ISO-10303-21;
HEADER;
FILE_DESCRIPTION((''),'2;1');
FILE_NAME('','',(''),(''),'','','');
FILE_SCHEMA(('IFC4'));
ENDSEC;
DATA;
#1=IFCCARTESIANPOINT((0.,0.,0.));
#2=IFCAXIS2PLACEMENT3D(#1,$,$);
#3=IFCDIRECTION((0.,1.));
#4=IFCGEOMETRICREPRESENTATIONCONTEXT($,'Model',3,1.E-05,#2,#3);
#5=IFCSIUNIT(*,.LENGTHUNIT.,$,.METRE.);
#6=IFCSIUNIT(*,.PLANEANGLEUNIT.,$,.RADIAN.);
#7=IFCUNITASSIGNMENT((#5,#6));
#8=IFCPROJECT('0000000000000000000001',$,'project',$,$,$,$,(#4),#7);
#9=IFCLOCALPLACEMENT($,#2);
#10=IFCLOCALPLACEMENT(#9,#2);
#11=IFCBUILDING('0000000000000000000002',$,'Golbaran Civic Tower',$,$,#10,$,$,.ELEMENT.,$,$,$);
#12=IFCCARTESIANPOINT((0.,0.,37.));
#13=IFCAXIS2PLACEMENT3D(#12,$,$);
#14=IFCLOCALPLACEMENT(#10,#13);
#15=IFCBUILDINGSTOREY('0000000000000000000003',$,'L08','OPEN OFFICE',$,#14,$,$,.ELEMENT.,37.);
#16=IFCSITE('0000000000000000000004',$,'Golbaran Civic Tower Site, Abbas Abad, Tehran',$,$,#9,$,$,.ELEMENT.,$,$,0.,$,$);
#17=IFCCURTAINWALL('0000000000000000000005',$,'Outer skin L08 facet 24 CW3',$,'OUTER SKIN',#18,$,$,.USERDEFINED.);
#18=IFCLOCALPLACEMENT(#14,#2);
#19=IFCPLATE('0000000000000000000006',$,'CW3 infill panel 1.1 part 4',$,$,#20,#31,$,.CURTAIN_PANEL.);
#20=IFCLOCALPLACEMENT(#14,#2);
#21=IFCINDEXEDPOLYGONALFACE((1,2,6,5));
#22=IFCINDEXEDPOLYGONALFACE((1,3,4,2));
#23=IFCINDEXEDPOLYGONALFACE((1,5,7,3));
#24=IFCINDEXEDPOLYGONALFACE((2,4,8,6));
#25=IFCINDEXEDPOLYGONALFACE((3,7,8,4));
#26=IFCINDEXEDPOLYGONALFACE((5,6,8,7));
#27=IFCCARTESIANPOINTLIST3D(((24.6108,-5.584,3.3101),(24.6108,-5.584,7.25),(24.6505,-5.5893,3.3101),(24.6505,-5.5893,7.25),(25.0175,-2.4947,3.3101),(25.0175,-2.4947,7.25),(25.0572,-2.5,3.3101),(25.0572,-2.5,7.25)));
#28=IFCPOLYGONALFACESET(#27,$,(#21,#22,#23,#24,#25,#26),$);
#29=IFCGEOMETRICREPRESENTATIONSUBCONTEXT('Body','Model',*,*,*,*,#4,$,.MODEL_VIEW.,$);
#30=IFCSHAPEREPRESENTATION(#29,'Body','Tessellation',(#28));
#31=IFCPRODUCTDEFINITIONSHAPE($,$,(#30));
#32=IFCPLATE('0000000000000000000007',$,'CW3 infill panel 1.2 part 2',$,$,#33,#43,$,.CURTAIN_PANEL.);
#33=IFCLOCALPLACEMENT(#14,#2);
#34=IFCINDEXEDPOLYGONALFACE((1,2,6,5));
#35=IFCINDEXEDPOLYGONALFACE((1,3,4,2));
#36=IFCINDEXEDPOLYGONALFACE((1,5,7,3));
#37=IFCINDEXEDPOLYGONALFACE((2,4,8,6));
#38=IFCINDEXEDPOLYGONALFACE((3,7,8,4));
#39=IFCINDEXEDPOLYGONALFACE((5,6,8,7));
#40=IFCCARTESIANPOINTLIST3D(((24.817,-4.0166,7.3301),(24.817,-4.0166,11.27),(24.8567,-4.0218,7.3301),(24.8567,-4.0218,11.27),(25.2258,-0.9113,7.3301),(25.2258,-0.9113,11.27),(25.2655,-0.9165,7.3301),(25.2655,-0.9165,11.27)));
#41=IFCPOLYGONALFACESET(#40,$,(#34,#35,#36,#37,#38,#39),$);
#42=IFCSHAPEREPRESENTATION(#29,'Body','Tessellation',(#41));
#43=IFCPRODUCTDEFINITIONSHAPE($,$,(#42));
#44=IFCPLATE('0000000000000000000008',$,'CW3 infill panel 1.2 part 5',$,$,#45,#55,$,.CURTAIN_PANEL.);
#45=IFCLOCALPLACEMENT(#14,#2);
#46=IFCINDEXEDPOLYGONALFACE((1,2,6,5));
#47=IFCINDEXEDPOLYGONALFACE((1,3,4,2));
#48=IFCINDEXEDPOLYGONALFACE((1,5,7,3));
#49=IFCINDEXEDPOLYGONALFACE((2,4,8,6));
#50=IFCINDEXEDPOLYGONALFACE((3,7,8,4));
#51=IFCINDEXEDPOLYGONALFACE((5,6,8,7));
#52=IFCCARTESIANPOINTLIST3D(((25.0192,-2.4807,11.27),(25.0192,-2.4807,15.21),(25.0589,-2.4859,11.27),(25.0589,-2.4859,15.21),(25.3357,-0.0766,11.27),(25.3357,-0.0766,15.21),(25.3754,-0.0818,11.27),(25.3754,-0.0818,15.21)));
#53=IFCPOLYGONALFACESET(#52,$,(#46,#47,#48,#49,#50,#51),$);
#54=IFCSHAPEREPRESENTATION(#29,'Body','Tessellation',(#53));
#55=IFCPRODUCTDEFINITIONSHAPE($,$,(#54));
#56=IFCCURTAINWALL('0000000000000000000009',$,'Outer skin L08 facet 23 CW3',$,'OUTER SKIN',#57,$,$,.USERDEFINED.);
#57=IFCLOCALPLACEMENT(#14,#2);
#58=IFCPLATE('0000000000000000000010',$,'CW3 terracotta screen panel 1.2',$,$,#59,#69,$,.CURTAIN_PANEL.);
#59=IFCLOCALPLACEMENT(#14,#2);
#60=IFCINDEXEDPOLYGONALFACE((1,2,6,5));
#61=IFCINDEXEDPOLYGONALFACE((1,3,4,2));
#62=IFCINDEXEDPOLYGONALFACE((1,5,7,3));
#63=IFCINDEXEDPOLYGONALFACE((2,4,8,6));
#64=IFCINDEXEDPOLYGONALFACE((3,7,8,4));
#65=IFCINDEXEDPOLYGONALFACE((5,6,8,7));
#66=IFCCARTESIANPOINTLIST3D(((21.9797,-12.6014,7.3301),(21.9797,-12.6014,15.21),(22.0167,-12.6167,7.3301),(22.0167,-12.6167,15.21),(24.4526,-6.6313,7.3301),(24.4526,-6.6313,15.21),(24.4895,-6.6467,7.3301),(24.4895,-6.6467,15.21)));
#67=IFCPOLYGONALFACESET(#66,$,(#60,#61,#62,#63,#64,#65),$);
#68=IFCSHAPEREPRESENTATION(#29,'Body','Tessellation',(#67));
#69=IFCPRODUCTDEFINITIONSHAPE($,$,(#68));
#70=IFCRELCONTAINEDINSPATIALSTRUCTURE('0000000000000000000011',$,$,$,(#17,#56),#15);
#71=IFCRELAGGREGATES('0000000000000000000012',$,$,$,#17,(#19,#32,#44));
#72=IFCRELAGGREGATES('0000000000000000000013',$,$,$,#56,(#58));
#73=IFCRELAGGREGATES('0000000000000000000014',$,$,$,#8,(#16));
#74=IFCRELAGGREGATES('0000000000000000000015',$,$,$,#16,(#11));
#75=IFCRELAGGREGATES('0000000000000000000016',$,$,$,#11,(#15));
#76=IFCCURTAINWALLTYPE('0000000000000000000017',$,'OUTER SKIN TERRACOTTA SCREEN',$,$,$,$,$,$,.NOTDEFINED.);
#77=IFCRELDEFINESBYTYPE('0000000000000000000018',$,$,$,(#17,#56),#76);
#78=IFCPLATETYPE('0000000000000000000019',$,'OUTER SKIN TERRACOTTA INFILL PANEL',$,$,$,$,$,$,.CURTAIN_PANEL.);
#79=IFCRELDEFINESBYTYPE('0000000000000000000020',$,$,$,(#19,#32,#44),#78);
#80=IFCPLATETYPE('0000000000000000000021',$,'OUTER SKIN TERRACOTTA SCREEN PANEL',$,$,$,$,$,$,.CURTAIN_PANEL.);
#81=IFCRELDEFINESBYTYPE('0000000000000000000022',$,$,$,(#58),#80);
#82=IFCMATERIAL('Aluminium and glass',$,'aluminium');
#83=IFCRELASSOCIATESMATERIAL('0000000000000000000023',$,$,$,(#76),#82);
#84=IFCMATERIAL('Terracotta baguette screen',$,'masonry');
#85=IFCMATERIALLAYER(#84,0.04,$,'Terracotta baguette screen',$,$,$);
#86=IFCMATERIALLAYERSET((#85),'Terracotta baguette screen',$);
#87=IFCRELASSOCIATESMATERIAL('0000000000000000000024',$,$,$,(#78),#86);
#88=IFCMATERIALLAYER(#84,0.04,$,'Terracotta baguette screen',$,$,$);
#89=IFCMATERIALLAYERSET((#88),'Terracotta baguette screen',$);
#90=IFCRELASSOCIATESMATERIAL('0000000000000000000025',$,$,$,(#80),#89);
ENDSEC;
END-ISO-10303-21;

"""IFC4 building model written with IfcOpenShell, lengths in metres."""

from ifc_helpers import new_model, si_unit, direction, frame, origin, origin_2d, place, context, subcontext, project, spatial, rectangle, extrude, material, layer, layer_set, type_object, element, aggregate, save


model = new_model("IFC4")

# Units and contexts
model_context = context("Model", 3, precision=1e-05, world=origin(), true_north=direction((0.0, 1.0)))
body_context = subcontext(model_context, "Body", "Model", "MODEL_VIEW")
ifc_project = project(units=[si_unit("LENGTHUNIT", "METRE"), si_unit("PLANEANGLEUNIT", "RADIAN")], contexts=[model_context])

# Site, building, storey
site_placement = place(None, origin())
site = spatial("IfcSite", under=ifc_project, at=site_placement, Name="Golbaran Civic Tower Site, Abbas Abad, Tehran", CompositionType="ELEMENT", RefElevation=0.0)
building_placement = place(site_placement, origin())
building = spatial("IfcBuilding", under=site, at=building_placement, Name="Golbaran Civic Tower", CompositionType="ELEMENT")
storey_placement = place(building_placement, frame((0.0, 0.0, 37.0)))
storey = spatial("IfcBuildingStorey", under=building, at=storey_placement, Name="L08", Description="OPEN OFFICE", CompositionType="ELEMENT", Elevation=37.0)

# Curtain wall
ifc_material_1 = material(Name="Aluminium and glass", Category="aluminium")
curtain_wall_type_1 = type_object("IfcCurtainWallType", Name="OUTER SKIN TERRACOTTA SCREEN", PredefinedType="NOTDEFINED", material=ifc_material_1)
curtain_wall_1_placement = place(storey_placement, origin())
curtain_wall_1 = element("IfcCurtainWall", 1, at=curtain_wall_1_placement, inside=storey, type_object=curtain_wall_type_1, Name="Outer skin L08 facet 24 CW3", ObjectType="OUTER SKIN", PredefinedType="USERDEFINED")

# Plates
ifc_material_2 = material(Name="Terracotta baguette screen", Category="masonry")
ifc_layer_1 = layer(ifc_material_2, 0.04, Name="Terracotta baguette screen")
ifc_layer_set_1 = layer_set([ifc_layer_1], Name="Terracotta baguette screen")
plate_type_1 = type_object("IfcPlateType", Name="OUTER SKIN TERRACOTTA INFILL PANEL", PredefinedType="CURTAIN_PANEL", material=ifc_layer_set_1)
plate_1_placement = place(storey_placement, frame((24.834, -4.042, 3.3101), z_axis=(0.0, 0.0, 1.0), x_axis=(0.130526, 0.991445, 0.0)))
plate_1 = element("IfcPlate", 2, at=plate_1_placement, type_object=plate_type_1, Name="CW3 infill panel 1.1 part 4", PredefinedType="CURTAIN_PANEL", context=body_context, shape_type="SweptSolid", body=[
    extrude(rectangle(XDim=3.116, YDim=0.04, at=origin_2d()), origin(), (0.0, 0.0, 1.0), 3.9399),
])
plate_2_placement = place(storey_placement, frame((25.0413, -2.4666, 7.3301), z_axis=(0.0, 0.0, 1.0), x_axis=(0.130526, 0.991445, 0.0)))
plate_2 = element("IfcPlate", 3, at=plate_2_placement, type_object=plate_type_1, Name="CW3 infill panel 1.2 part 2", PredefinedType="CURTAIN_PANEL", context=body_context, shape_type="SweptSolid", body=[
    extrude(rectangle(XDim=3.1321, YDim=0.04, at=origin_2d()), origin(), (0.0, 0.0, 1.0), 3.9399),
])
plate_3_placement = place(storey_placement, frame((25.1973, -1.2812, 11.27), z_axis=(0.0, 0.0, 1.0), x_axis=(0.130526, 0.991445, 0.0)))
plate_3 = element("IfcPlate", 4, at=plate_3_placement, type_object=plate_type_1, Name="CW3 infill panel 1.2 part 5", PredefinedType="CURTAIN_PANEL", context=body_context, shape_type="SweptSolid", body=[
    extrude(rectangle(XDim=2.4248, YDim=0.04, at=origin_2d()), origin(), (0.0, 0.0, 1.0), 3.9399),
])
aggregate(curtain_wall_1, [plate_1, plate_2, plate_3])

# Curtain wall, plate
curtain_wall_2_placement = place(storey_placement, origin())
curtain_wall_2 = element("IfcCurtainWall", 5, at=curtain_wall_2_placement, inside=storey, type_object=curtain_wall_type_1, Name="Outer skin L08 facet 23 CW3", ObjectType="OUTER SKIN", PredefinedType="USERDEFINED")
ifc_layer_2 = layer(ifc_material_2, 0.04, Name="Terracotta baguette screen")
ifc_layer_set_2 = layer_set([ifc_layer_2], Name="Terracotta baguette screen")
plate_type_2 = type_object("IfcPlateType", Name="OUTER SKIN TERRACOTTA SCREEN PANEL", PredefinedType="CURTAIN_PANEL", material=ifc_layer_set_2)
plate_4_placement = place(storey_placement, frame((23.2346, -9.624, 7.3301), z_axis=(0.0, 0.0, 1.0), x_axis=(0.382683, 0.92388, 0.0)))
plate_4 = element("IfcPlate", 6, at=plate_4_placement, type_object=plate_type_2, Name="CW3 terracotta screen panel 1.2", PredefinedType="CURTAIN_PANEL", context=body_context, shape_type="SweptSolid", body=[
    extrude(rectangle(XDim=6.4619, YDim=0.04, at=origin_2d()), origin(), (0.0, 0.0, 1.0), 7.8799),
])
aggregate(curtain_wall_2, [plate_4])

save(model, "model.ifc")
